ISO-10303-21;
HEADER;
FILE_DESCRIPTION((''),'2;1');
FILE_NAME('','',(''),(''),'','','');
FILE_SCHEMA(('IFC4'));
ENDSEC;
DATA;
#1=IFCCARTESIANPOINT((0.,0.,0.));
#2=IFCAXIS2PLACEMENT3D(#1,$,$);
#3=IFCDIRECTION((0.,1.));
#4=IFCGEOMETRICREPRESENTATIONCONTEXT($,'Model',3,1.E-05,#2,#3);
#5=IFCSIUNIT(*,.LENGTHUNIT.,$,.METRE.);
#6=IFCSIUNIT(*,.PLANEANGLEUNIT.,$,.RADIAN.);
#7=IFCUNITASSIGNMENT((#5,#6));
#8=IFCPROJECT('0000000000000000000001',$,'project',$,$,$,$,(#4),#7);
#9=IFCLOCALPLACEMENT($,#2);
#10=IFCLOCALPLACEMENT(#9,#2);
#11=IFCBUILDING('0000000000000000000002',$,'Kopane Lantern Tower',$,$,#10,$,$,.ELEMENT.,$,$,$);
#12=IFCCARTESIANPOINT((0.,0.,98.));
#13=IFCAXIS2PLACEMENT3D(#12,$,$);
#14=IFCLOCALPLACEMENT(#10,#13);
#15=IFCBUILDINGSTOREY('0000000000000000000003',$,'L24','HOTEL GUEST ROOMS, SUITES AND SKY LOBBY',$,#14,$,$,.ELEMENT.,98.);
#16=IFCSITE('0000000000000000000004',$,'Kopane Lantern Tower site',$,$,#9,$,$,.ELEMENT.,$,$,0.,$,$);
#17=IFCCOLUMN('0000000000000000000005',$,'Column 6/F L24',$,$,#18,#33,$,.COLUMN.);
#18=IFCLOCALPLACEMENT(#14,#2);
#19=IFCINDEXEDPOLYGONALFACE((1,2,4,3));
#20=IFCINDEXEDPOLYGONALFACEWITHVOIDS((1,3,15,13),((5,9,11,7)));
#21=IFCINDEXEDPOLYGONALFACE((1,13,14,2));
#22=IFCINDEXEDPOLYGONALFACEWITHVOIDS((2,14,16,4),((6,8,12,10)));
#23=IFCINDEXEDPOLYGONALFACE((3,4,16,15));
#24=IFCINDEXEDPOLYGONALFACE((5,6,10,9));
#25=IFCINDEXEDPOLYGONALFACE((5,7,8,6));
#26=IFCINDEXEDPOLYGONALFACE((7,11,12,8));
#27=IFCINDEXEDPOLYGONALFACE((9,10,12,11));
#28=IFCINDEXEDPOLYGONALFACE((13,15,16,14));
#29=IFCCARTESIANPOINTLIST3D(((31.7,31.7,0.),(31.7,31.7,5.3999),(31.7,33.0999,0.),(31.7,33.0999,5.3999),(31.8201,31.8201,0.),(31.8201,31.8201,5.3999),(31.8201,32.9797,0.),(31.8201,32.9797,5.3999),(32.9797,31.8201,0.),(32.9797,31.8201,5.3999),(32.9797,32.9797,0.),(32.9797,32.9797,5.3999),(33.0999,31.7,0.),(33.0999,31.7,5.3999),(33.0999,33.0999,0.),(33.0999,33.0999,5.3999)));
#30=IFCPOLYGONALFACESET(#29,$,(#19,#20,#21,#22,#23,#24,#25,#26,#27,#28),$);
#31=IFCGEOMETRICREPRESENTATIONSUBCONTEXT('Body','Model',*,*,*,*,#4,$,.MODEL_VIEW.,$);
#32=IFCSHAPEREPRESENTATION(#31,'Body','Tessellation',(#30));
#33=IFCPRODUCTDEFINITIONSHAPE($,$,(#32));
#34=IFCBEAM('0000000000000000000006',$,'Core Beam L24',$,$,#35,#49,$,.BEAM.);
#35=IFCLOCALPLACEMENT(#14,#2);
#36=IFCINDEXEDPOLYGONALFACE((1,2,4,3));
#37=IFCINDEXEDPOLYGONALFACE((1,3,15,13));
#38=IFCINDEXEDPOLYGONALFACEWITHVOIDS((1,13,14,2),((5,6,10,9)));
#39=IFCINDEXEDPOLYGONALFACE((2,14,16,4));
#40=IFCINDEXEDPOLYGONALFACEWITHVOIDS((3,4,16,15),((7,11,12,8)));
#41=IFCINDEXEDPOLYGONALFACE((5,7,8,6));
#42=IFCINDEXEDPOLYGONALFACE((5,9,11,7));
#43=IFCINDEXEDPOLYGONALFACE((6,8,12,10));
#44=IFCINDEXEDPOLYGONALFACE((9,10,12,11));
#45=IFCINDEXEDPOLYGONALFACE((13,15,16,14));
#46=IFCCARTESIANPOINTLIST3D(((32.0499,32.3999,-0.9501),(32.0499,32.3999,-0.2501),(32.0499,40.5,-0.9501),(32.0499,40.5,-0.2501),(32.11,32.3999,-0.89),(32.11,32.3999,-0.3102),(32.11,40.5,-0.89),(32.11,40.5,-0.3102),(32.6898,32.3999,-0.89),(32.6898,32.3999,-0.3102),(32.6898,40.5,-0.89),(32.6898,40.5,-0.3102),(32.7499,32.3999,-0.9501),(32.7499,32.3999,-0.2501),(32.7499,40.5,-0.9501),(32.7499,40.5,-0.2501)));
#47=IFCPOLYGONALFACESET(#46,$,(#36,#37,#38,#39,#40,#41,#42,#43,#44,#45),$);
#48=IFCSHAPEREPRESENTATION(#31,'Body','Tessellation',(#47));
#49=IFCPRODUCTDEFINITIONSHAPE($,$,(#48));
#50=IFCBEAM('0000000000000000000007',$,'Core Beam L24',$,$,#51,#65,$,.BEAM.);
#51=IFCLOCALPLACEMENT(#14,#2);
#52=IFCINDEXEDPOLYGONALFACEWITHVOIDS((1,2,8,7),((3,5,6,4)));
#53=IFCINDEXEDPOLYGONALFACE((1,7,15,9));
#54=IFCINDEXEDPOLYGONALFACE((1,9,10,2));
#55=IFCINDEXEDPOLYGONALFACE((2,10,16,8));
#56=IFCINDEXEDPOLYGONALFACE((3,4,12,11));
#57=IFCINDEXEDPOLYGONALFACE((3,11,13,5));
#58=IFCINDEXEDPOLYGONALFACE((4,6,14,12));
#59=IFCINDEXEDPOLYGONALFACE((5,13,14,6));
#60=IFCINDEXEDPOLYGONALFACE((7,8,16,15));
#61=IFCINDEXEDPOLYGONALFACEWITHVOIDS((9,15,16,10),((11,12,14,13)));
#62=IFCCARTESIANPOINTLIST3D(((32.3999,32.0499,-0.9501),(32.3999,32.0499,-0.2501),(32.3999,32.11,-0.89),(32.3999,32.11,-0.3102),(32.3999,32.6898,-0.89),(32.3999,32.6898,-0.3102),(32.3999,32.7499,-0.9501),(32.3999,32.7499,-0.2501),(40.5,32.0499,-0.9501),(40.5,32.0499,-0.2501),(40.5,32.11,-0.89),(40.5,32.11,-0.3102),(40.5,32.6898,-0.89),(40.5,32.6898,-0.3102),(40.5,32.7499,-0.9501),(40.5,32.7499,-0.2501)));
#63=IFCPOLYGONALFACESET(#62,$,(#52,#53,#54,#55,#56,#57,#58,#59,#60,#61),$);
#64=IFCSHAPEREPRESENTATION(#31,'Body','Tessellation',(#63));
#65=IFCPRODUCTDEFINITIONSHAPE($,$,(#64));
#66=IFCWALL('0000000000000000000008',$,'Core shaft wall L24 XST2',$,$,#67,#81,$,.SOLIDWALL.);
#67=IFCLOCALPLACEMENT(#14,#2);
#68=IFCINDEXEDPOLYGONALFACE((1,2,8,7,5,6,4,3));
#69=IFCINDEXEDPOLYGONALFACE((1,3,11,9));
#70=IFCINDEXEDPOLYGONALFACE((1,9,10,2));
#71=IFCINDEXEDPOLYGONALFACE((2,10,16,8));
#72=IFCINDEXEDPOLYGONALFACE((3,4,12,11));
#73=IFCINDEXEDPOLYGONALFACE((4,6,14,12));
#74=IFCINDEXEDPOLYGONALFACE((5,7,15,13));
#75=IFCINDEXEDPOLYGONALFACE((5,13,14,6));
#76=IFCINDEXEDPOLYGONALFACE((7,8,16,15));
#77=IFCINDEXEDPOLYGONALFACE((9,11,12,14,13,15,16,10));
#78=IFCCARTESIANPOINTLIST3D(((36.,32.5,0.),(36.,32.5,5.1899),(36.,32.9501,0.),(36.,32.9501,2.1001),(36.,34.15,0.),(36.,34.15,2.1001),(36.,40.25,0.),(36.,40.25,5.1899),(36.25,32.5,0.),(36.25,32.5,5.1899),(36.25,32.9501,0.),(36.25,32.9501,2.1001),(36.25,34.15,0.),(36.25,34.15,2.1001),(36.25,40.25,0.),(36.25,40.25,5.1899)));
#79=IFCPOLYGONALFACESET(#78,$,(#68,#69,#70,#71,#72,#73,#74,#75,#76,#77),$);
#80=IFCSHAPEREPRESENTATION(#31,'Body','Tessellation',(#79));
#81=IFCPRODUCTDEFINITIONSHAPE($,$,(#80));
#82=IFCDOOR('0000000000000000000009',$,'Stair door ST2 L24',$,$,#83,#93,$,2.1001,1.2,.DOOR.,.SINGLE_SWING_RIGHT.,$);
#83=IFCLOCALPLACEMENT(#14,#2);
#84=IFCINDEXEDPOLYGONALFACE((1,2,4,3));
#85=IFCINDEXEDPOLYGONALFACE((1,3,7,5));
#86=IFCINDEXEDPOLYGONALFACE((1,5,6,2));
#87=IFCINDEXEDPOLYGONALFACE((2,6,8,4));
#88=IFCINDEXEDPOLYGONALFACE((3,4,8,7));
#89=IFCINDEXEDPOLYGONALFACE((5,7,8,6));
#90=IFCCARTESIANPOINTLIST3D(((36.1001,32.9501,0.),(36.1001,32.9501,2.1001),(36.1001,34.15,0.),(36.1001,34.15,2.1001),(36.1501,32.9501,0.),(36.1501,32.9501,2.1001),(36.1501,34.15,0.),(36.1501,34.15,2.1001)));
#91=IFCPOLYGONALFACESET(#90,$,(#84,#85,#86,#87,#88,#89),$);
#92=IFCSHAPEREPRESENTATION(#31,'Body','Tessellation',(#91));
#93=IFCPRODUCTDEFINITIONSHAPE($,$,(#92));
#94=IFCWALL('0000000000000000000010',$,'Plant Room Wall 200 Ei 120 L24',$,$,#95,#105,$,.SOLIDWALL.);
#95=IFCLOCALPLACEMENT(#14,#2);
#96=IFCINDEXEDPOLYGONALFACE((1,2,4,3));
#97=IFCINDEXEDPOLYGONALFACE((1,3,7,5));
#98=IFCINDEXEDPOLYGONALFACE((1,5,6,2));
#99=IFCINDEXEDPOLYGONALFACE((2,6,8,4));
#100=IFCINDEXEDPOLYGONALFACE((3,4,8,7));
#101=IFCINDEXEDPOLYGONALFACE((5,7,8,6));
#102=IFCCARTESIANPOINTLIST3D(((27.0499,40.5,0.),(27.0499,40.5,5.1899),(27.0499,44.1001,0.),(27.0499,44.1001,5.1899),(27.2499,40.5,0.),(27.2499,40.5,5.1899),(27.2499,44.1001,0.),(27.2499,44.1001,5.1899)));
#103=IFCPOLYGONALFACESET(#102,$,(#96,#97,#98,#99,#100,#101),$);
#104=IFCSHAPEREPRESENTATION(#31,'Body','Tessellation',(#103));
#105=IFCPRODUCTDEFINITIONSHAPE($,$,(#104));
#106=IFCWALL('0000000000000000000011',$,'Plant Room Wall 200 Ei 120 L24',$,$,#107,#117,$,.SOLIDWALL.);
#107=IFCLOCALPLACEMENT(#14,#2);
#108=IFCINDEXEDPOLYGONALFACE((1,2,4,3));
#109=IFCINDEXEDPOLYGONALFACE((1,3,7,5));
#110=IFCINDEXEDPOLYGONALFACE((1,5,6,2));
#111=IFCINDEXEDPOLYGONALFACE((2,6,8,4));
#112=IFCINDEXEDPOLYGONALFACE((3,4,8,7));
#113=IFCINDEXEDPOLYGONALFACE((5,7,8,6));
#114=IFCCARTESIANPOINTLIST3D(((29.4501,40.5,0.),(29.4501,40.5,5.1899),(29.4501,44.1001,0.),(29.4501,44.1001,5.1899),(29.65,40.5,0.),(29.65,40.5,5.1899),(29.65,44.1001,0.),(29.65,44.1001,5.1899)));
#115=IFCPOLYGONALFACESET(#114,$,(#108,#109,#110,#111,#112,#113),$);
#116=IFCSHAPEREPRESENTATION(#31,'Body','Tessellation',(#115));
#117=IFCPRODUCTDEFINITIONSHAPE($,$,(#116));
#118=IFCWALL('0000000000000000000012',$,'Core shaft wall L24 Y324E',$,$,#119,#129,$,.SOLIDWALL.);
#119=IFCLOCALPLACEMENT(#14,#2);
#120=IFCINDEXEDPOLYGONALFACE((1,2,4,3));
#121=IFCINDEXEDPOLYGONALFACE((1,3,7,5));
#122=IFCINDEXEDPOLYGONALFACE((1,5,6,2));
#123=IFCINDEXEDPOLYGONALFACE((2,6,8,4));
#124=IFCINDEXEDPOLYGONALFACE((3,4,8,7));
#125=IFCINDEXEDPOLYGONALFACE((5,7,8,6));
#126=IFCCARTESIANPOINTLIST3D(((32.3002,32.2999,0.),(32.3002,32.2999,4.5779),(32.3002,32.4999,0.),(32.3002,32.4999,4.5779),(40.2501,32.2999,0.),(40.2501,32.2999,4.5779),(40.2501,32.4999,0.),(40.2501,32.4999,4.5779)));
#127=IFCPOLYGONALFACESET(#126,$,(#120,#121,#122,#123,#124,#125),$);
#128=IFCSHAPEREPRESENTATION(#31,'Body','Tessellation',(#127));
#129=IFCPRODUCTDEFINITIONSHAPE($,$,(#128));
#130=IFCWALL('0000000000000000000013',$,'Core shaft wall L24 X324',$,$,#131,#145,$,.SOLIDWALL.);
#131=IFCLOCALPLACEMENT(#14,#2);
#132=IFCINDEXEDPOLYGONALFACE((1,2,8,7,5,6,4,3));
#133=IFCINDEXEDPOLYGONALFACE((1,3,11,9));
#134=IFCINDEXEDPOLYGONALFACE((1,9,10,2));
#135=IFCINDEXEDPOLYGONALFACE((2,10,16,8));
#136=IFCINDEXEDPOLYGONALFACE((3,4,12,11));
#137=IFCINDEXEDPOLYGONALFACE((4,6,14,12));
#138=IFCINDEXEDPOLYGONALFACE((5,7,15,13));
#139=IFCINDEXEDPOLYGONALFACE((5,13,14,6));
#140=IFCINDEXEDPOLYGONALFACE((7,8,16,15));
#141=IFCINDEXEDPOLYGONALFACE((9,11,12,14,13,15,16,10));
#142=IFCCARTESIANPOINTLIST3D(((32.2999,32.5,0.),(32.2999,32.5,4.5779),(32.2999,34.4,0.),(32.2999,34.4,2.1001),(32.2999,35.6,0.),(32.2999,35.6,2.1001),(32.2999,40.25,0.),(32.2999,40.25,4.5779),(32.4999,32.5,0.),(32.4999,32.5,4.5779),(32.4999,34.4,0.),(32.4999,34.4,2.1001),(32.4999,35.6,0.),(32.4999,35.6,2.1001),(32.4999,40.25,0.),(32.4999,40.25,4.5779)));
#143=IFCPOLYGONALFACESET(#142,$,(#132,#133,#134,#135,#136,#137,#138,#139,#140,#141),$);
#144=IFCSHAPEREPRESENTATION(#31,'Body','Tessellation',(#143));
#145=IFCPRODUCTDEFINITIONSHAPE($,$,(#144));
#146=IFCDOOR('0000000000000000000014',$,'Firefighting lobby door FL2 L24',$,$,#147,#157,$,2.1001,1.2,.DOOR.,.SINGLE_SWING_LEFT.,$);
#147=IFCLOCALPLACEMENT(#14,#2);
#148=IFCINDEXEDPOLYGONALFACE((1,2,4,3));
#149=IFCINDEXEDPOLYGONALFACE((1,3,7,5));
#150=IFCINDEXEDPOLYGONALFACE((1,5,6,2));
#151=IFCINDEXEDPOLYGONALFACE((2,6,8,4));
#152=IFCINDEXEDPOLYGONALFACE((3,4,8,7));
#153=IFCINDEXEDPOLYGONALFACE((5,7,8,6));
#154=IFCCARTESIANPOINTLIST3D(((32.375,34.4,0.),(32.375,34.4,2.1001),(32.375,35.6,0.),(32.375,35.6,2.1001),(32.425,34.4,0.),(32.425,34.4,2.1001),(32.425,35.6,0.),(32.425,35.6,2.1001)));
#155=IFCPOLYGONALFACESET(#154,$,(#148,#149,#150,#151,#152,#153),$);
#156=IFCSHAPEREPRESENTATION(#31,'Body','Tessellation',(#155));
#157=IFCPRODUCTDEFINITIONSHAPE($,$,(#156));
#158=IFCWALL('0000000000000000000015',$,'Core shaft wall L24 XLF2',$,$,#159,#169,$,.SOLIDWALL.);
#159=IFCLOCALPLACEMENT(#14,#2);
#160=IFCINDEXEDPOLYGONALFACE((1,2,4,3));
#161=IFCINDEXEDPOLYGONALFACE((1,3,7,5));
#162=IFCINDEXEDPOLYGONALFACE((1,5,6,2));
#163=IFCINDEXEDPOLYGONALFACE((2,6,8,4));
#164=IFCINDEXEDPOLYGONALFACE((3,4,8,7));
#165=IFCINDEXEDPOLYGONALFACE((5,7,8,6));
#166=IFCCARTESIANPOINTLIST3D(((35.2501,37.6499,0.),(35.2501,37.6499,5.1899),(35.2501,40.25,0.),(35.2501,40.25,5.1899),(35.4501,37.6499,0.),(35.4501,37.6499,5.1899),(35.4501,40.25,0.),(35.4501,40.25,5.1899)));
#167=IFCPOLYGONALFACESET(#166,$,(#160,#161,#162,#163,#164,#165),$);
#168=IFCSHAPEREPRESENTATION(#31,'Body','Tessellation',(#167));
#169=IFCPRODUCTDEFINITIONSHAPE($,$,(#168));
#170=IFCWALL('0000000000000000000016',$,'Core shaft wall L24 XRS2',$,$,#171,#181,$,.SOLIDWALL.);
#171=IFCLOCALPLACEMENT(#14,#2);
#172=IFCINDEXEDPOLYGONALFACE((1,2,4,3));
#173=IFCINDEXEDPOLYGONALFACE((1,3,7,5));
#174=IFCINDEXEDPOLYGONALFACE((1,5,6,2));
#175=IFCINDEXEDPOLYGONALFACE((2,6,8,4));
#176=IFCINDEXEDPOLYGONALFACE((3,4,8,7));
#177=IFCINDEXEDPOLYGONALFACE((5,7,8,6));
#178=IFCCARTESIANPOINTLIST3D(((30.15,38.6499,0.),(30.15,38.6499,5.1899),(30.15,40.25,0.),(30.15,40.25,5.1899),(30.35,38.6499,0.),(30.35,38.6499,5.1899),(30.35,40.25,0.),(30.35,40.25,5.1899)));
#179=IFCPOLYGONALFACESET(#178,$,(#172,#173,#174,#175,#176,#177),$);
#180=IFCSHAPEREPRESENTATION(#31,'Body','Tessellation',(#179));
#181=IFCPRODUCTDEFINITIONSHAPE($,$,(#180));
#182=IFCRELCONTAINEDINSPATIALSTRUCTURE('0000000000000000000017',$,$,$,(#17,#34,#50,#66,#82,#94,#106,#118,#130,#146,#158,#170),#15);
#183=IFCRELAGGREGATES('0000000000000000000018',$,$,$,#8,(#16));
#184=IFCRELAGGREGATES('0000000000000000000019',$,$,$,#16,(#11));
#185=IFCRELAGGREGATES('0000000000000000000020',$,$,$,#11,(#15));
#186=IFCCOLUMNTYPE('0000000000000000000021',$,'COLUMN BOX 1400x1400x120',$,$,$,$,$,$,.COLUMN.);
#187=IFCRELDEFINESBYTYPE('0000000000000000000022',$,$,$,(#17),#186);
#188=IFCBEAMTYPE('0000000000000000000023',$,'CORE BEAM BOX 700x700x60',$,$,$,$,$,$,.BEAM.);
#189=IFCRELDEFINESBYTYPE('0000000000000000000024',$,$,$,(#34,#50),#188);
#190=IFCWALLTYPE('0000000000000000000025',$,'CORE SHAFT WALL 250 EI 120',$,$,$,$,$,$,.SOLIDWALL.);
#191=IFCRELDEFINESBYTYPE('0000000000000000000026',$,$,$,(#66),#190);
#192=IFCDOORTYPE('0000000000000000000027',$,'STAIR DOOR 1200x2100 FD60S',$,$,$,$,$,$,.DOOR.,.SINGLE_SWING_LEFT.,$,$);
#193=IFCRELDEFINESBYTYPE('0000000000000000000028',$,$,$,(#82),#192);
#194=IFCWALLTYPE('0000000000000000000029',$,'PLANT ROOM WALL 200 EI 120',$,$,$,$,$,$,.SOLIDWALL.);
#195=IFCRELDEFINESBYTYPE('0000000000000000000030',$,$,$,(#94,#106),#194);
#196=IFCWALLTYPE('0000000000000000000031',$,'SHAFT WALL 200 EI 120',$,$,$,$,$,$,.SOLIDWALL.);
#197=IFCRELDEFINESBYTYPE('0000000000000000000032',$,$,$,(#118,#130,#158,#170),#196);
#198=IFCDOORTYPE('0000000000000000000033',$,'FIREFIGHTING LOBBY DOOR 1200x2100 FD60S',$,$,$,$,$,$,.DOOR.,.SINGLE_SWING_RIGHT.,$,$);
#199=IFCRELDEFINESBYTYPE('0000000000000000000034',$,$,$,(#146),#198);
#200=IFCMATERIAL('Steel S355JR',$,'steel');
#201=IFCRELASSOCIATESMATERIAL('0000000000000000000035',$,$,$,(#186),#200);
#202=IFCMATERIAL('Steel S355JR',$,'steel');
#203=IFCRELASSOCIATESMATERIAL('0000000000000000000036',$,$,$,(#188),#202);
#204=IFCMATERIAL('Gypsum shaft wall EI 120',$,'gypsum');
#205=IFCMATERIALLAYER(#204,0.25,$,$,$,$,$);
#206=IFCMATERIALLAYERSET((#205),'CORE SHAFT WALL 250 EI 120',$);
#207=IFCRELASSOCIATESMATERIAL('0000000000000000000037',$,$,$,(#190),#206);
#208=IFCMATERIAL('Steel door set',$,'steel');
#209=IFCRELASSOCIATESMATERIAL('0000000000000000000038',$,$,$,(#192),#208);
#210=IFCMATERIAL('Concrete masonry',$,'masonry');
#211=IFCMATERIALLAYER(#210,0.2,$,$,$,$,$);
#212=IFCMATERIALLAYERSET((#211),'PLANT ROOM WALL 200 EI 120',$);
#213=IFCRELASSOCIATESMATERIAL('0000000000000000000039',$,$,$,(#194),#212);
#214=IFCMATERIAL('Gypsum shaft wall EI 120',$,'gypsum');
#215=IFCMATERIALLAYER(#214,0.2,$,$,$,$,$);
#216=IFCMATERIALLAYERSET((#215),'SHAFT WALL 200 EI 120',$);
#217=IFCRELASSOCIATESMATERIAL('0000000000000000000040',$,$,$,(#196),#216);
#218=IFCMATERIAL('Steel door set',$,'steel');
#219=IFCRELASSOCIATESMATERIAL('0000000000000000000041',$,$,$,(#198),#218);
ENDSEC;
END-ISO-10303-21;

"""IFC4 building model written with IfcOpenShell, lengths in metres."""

from ifc_helpers import new_model, si_unit, direction, frame, frame_2d, origin, origin_2d, place, context, subcontext, project, spatial, rectangle, hollow_rectangle, extrude, material, layer, layer_set, material_profile, profile_set, type_object, element, fill, save


model = new_model("IFC4")

# Units and contexts
model_context = context("Model", 3, precision=1e-05, world=origin(), true_north=direction((0.0, 1.0)))
body_context = subcontext(model_context, "Body", "Model", "MODEL_VIEW")
ifc_project = project(units=[si_unit("LENGTHUNIT", "METRE"), si_unit("PLANEANGLEUNIT", "RADIAN")], contexts=[model_context])

# Site, building, storey
site_placement = place(None, origin())
site = spatial("IfcSite", under=ifc_project, at=site_placement, Name="Kopane Lantern Tower site", CompositionType="ELEMENT", RefElevation=0.0)
building_placement = place(site_placement, origin())
building = spatial("IfcBuilding", under=site, at=building_placement, Name="Kopane Lantern Tower", CompositionType="ELEMENT")
storey_placement = place(building_placement, frame((0.0, 0.0, 98.0)))
storey = spatial("IfcBuildingStorey", under=building, at=storey_placement, Name="L24", Description="HOTEL GUEST ROOMS, SUITES AND SKY LOBBY", CompositionType="ELEMENT", Elevation=98.0)

# Column
ifc_material_1 = material(Name="Steel S355JR", Category="steel")
ifc_material_profile_1 = material_profile(ifc_material_1, hollow_rectangle(XDim=1.3999, YDim=1.3999, WallThickness=0.1201, at=origin_2d()), Name="BOX 1400x1400x120")
ifc_profile_set_1 = profile_set([ifc_material_profile_1], Name="Steel S355JR")
column_type = type_object("IfcColumnType", Name="COLUMN BOX 1400x1400x120", PredefinedType="COLUMN", material=ifc_profile_set_1)
column_placement = place(storey_placement, frame((32.3999, 32.3999, 0.0), z_axis=(0.0, 0.0, 1.0), x_axis=(1.0, 0.0, 0.0)))
element("IfcColumn", 1, at=column_placement, inside=storey, type_object=column_type, Name="Column 6/F L24", PredefinedType="COLUMN", context=body_context, shape_type="SweptSolid", body=[
    extrude(hollow_rectangle(XDim=1.3999, YDim=1.3999, WallThickness=0.1201, at=origin_2d()), origin(), (0.0, 0.0, 1.0), 5.3999),
])

# Beams
ifc_material_2 = material(Name="Steel S355JR", Category="steel")
ifc_material_profile_2 = material_profile(ifc_material_2, hollow_rectangle(XDim=0.7, YDim=0.7, WallThickness=0.0601, at=origin_2d()), Name="BOX 700x700x60")
ifc_profile_set_2 = profile_set([ifc_material_profile_2], Name="Steel S355JR")
beam_type = type_object("IfcBeamType", Name="CORE BEAM BOX 700x700x60", PredefinedType="BEAM", material=ifc_profile_set_2)
for number, where, z_axis, x_axis, name in (
    (2, (32.3999, 32.3999, -0.6001), (0.0, 1.0, 0.0), (-1.0, 0.0, 0.0), "Core Beam L24"),
    (3, (32.3999, 32.3999, -0.6001), (1.0, 0.0, 0.0), (0.0, 1.0, 0.0), "Core Beam L24"),
):
    element("IfcBeam", number, at=place(storey_placement, frame(where, z_axis=z_axis, x_axis=x_axis)), inside=storey, type_object=beam_type, Name=name, PredefinedType="BEAM", context=body_context, shape_type="SweptSolid", body=[
        extrude(hollow_rectangle(XDim=0.7, YDim=0.7, WallThickness=0.0601, at=origin_2d()), origin(), (0.0, 0.0, 1.0), 8.1001),
    ])

# Wall, opening, door
ifc_material_3 = material(Name="Gypsum shaft wall EI 120", Category="gypsum")
ifc_layer_1 = layer(ifc_material_3, 0.25)
ifc_layer_set_1 = layer_set([ifc_layer_1], Name="CORE SHAFT WALL 250 EI 120")
wall_type_1 = type_object("IfcWallType", Name="CORE SHAFT WALL 250 EI 120", PredefinedType="SOLIDWALL", material=ifc_layer_set_1)
wall_1_placement = place(storey_placement, frame((36.125, 32.5, 0.0), z_axis=(0.0, 0.0, 1.0), x_axis=(0.0, 1.0, 0.0)))
wall_1 = element("IfcWall", 4, at=wall_1_placement, inside=storey, type_object=wall_type_1, Name="Core shaft wall L24 XST2", PredefinedType="SOLIDWALL", context=body_context, shape_type="SweptSolid", body=[
    extrude(rectangle(XDim=7.75, YDim=0.25, at=frame_2d((3.875, 0.0))), origin(), (0.0, 0.0, 1.0), 5.1899),
])
opening_1_placement = place(wall_1_placement, frame((0.45, 0.0, 0.0)))
opening_1 = element("IfcOpeningElement", 5, at=opening_1_placement, cuts=wall_1, PredefinedType="OPENING", context=body_context, shape_type="SweptSolid", body=[
    extrude(rectangle(XDim=1.2, YDim=2.1001, at=frame_2d((0.6001, 1.05))), frame((0.0, 0.135, 0.0), z_axis=(0.0, -1.0, 0.0), x_axis=(1.0, 0.0, 0.0)), (0.0, 0.0, 1.0), 0.27),
])
ifc_material_4 = material(Name="Steel door set", Category="steel")
door_type_1 = type_object("IfcDoorType", Name="STAIR DOOR 1200x2100 FD60S", OperationType="SINGLE_SWING_LEFT", PredefinedType="DOOR", material=ifc_material_4)
door_1_placement = place(opening_1_placement, origin())
door_1 = element("IfcDoor", 6, at=door_1_placement, inside=storey, type_object=door_type_1, Name="Stair door ST2 L24", OperationType="SINGLE_SWING_RIGHT", OverallHeight=2.1001, OverallWidth=1.2, PredefinedType="DOOR", context=body_context, shape_type="SweptSolid", body=[
    extrude(rectangle(XDim=1.2, YDim=2.1001, at=frame_2d((0.6001, 1.05))), frame((0.0, 0.0249, 0.0), z_axis=(0.0, -1.0, 0.0), x_axis=(1.0, 0.0, 0.0)), (0.0, 0.0, 1.0), 0.05),
])
fill(opening_1, door_1)

# Walls
ifc_material_5 = material(Name="Concrete masonry", Category="masonry")
ifc_layer_2 = layer(ifc_material_5, 0.2)
ifc_layer_set_2 = layer_set([ifc_layer_2], Name="PLANT ROOM WALL 200 EI 120")
wall_type_2 = type_object("IfcWallType", Name="PLANT ROOM WALL 200 EI 120", PredefinedType="SOLIDWALL", material=ifc_layer_set_2)
for number, where, z_axis, x_axis, name in (
    (7, (27.1499, 40.5, 0.0), (0.0, 0.0, 1.0), (0.0, 1.0, 0.0), "Plant Room Wall 200 Ei 120 L24"),
    (8, (29.55, 40.5, 0.0), (0.0, 0.0, 1.0), (0.0, 1.0, 0.0), "Plant Room Wall 200 Ei 120 L24"),
):
    element("IfcWall", number, at=place(storey_placement, frame(where, z_axis=z_axis, x_axis=x_axis)), inside=storey, type_object=wall_type_2, Name=name, PredefinedType="SOLIDWALL", context=body_context, shape_type="SweptSolid", body=[
        extrude(rectangle(XDim=3.6001, YDim=0.2, at=frame_2d((1.8, 0.0))), origin(), (0.0, 0.0, 1.0), 5.1899),
    ])
ifc_material_6 = material(Name="Gypsum shaft wall EI 120", Category="gypsum")
ifc_layer_3 = layer(ifc_material_6, 0.2)
ifc_layer_set_3 = layer_set([ifc_layer_3], Name="SHAFT WALL 200 EI 120")
wall_type_3 = type_object("IfcWallType", Name="SHAFT WALL 200 EI 120", PredefinedType="SOLIDWALL", material=ifc_layer_set_3)
wall_2_placement = place(storey_placement, frame((32.3, 32.3999, 0.0), z_axis=(0.0, 0.0, 1.0), x_axis=(1.0, 0.0, 0.0)))
element("IfcWall", 9, at=wall_2_placement, inside=storey, type_object=wall_type_3, Name="Core shaft wall L24 Y324E", PredefinedType="SOLIDWALL", context=body_context, shape_type="SweptSolid", body=[
    extrude(rectangle(XDim=7.95, YDim=0.2, at=frame_2d((3.9751, 0.0))), origin(), (0.0, 0.0, 1.0), 4.5779),
])

# Wall, opening, door
wall_3_placement = place(storey_placement, frame((32.3999, 32.5, 0.0), z_axis=(0.0, 0.0, 1.0), x_axis=(0.0, 1.0, 0.0)))
wall_3 = element("IfcWall", 10, at=wall_3_placement, inside=storey, type_object=wall_type_3, Name="Core shaft wall L24 X324", PredefinedType="SOLIDWALL", context=body_context, shape_type="SweptSolid", body=[
    extrude(rectangle(XDim=7.75, YDim=0.2, at=frame_2d((3.875, 0.0))), origin(), (0.0, 0.0, 1.0), 4.5779),
])
opening_2_placement = place(wall_3_placement, frame((1.8999, 0.0, 0.0)))
opening_2 = element("IfcOpeningElement", 11, at=opening_2_placement, cuts=wall_3, PredefinedType="OPENING", context=body_context, shape_type="SweptSolid", body=[
    extrude(rectangle(XDim=1.2, YDim=2.1001, at=frame_2d((0.6001, 1.05))), frame((0.0, 0.1099, 0.0), z_axis=(0.0, -1.0, 0.0), x_axis=(1.0, 0.0, 0.0)), (0.0, 0.0, 1.0), 0.22),
])
ifc_material_7 = material(Name="Steel door set", Category="steel")
door_type_2 = type_object("IfcDoorType", Name="FIREFIGHTING LOBBY DOOR 1200x2100 FD60S", OperationType="SINGLE_SWING_RIGHT", PredefinedType="DOOR", material=ifc_material_7)
door_2_placement = place(opening_2_placement, origin())
door_2 = element("IfcDoor", 12, at=door_2_placement, inside=storey, type_object=door_type_2, Name="Firefighting lobby door FL2 L24", OperationType="SINGLE_SWING_LEFT", OverallHeight=2.1001, OverallWidth=1.2, PredefinedType="DOOR", context=body_context, shape_type="SweptSolid", body=[
    extrude(rectangle(XDim=1.2, YDim=2.1001, at=frame_2d((0.6001, 1.05))), frame((0.0, 0.0249, 0.0), z_axis=(0.0, -1.0, 0.0), x_axis=(1.0, 0.0, 0.0)), (0.0, 0.0, 1.0), 0.05),
])
fill(opening_2, door_2)

# Walls
wall_4_placement = place(storey_placement, frame((35.3501, 37.6499, 0.0), z_axis=(0.0, 0.0, 1.0), x_axis=(0.0, 1.0, 0.0)))
element("IfcWall", 13, at=wall_4_placement, inside=storey, type_object=wall_type_3, Name="Core shaft wall L24 XLF2", PredefinedType="SOLIDWALL", context=body_context, shape_type="SweptSolid", body=[
    extrude(rectangle(XDim=2.6001, YDim=0.2, at=frame_2d((1.3, 0.0))), origin(), (0.0, 0.0, 1.0), 5.1899),
])
wall_5_placement = place(storey_placement, frame((30.25, 38.6499, 0.0), z_axis=(0.0, 0.0, 1.0), x_axis=(0.0, 1.0, 0.0)))
element("IfcWall", 14, at=wall_5_placement, inside=storey, type_object=wall_type_3, Name="Core shaft wall L24 XRS2", PredefinedType="SOLIDWALL", context=body_context, shape_type="SweptSolid", body=[
    extrude(rectangle(XDim=1.6001, YDim=0.2, at=frame_2d((0.8, 0.0))), origin(), (0.0, 0.0, 1.0), 5.1899),
])

save(model, "model.ifc")
